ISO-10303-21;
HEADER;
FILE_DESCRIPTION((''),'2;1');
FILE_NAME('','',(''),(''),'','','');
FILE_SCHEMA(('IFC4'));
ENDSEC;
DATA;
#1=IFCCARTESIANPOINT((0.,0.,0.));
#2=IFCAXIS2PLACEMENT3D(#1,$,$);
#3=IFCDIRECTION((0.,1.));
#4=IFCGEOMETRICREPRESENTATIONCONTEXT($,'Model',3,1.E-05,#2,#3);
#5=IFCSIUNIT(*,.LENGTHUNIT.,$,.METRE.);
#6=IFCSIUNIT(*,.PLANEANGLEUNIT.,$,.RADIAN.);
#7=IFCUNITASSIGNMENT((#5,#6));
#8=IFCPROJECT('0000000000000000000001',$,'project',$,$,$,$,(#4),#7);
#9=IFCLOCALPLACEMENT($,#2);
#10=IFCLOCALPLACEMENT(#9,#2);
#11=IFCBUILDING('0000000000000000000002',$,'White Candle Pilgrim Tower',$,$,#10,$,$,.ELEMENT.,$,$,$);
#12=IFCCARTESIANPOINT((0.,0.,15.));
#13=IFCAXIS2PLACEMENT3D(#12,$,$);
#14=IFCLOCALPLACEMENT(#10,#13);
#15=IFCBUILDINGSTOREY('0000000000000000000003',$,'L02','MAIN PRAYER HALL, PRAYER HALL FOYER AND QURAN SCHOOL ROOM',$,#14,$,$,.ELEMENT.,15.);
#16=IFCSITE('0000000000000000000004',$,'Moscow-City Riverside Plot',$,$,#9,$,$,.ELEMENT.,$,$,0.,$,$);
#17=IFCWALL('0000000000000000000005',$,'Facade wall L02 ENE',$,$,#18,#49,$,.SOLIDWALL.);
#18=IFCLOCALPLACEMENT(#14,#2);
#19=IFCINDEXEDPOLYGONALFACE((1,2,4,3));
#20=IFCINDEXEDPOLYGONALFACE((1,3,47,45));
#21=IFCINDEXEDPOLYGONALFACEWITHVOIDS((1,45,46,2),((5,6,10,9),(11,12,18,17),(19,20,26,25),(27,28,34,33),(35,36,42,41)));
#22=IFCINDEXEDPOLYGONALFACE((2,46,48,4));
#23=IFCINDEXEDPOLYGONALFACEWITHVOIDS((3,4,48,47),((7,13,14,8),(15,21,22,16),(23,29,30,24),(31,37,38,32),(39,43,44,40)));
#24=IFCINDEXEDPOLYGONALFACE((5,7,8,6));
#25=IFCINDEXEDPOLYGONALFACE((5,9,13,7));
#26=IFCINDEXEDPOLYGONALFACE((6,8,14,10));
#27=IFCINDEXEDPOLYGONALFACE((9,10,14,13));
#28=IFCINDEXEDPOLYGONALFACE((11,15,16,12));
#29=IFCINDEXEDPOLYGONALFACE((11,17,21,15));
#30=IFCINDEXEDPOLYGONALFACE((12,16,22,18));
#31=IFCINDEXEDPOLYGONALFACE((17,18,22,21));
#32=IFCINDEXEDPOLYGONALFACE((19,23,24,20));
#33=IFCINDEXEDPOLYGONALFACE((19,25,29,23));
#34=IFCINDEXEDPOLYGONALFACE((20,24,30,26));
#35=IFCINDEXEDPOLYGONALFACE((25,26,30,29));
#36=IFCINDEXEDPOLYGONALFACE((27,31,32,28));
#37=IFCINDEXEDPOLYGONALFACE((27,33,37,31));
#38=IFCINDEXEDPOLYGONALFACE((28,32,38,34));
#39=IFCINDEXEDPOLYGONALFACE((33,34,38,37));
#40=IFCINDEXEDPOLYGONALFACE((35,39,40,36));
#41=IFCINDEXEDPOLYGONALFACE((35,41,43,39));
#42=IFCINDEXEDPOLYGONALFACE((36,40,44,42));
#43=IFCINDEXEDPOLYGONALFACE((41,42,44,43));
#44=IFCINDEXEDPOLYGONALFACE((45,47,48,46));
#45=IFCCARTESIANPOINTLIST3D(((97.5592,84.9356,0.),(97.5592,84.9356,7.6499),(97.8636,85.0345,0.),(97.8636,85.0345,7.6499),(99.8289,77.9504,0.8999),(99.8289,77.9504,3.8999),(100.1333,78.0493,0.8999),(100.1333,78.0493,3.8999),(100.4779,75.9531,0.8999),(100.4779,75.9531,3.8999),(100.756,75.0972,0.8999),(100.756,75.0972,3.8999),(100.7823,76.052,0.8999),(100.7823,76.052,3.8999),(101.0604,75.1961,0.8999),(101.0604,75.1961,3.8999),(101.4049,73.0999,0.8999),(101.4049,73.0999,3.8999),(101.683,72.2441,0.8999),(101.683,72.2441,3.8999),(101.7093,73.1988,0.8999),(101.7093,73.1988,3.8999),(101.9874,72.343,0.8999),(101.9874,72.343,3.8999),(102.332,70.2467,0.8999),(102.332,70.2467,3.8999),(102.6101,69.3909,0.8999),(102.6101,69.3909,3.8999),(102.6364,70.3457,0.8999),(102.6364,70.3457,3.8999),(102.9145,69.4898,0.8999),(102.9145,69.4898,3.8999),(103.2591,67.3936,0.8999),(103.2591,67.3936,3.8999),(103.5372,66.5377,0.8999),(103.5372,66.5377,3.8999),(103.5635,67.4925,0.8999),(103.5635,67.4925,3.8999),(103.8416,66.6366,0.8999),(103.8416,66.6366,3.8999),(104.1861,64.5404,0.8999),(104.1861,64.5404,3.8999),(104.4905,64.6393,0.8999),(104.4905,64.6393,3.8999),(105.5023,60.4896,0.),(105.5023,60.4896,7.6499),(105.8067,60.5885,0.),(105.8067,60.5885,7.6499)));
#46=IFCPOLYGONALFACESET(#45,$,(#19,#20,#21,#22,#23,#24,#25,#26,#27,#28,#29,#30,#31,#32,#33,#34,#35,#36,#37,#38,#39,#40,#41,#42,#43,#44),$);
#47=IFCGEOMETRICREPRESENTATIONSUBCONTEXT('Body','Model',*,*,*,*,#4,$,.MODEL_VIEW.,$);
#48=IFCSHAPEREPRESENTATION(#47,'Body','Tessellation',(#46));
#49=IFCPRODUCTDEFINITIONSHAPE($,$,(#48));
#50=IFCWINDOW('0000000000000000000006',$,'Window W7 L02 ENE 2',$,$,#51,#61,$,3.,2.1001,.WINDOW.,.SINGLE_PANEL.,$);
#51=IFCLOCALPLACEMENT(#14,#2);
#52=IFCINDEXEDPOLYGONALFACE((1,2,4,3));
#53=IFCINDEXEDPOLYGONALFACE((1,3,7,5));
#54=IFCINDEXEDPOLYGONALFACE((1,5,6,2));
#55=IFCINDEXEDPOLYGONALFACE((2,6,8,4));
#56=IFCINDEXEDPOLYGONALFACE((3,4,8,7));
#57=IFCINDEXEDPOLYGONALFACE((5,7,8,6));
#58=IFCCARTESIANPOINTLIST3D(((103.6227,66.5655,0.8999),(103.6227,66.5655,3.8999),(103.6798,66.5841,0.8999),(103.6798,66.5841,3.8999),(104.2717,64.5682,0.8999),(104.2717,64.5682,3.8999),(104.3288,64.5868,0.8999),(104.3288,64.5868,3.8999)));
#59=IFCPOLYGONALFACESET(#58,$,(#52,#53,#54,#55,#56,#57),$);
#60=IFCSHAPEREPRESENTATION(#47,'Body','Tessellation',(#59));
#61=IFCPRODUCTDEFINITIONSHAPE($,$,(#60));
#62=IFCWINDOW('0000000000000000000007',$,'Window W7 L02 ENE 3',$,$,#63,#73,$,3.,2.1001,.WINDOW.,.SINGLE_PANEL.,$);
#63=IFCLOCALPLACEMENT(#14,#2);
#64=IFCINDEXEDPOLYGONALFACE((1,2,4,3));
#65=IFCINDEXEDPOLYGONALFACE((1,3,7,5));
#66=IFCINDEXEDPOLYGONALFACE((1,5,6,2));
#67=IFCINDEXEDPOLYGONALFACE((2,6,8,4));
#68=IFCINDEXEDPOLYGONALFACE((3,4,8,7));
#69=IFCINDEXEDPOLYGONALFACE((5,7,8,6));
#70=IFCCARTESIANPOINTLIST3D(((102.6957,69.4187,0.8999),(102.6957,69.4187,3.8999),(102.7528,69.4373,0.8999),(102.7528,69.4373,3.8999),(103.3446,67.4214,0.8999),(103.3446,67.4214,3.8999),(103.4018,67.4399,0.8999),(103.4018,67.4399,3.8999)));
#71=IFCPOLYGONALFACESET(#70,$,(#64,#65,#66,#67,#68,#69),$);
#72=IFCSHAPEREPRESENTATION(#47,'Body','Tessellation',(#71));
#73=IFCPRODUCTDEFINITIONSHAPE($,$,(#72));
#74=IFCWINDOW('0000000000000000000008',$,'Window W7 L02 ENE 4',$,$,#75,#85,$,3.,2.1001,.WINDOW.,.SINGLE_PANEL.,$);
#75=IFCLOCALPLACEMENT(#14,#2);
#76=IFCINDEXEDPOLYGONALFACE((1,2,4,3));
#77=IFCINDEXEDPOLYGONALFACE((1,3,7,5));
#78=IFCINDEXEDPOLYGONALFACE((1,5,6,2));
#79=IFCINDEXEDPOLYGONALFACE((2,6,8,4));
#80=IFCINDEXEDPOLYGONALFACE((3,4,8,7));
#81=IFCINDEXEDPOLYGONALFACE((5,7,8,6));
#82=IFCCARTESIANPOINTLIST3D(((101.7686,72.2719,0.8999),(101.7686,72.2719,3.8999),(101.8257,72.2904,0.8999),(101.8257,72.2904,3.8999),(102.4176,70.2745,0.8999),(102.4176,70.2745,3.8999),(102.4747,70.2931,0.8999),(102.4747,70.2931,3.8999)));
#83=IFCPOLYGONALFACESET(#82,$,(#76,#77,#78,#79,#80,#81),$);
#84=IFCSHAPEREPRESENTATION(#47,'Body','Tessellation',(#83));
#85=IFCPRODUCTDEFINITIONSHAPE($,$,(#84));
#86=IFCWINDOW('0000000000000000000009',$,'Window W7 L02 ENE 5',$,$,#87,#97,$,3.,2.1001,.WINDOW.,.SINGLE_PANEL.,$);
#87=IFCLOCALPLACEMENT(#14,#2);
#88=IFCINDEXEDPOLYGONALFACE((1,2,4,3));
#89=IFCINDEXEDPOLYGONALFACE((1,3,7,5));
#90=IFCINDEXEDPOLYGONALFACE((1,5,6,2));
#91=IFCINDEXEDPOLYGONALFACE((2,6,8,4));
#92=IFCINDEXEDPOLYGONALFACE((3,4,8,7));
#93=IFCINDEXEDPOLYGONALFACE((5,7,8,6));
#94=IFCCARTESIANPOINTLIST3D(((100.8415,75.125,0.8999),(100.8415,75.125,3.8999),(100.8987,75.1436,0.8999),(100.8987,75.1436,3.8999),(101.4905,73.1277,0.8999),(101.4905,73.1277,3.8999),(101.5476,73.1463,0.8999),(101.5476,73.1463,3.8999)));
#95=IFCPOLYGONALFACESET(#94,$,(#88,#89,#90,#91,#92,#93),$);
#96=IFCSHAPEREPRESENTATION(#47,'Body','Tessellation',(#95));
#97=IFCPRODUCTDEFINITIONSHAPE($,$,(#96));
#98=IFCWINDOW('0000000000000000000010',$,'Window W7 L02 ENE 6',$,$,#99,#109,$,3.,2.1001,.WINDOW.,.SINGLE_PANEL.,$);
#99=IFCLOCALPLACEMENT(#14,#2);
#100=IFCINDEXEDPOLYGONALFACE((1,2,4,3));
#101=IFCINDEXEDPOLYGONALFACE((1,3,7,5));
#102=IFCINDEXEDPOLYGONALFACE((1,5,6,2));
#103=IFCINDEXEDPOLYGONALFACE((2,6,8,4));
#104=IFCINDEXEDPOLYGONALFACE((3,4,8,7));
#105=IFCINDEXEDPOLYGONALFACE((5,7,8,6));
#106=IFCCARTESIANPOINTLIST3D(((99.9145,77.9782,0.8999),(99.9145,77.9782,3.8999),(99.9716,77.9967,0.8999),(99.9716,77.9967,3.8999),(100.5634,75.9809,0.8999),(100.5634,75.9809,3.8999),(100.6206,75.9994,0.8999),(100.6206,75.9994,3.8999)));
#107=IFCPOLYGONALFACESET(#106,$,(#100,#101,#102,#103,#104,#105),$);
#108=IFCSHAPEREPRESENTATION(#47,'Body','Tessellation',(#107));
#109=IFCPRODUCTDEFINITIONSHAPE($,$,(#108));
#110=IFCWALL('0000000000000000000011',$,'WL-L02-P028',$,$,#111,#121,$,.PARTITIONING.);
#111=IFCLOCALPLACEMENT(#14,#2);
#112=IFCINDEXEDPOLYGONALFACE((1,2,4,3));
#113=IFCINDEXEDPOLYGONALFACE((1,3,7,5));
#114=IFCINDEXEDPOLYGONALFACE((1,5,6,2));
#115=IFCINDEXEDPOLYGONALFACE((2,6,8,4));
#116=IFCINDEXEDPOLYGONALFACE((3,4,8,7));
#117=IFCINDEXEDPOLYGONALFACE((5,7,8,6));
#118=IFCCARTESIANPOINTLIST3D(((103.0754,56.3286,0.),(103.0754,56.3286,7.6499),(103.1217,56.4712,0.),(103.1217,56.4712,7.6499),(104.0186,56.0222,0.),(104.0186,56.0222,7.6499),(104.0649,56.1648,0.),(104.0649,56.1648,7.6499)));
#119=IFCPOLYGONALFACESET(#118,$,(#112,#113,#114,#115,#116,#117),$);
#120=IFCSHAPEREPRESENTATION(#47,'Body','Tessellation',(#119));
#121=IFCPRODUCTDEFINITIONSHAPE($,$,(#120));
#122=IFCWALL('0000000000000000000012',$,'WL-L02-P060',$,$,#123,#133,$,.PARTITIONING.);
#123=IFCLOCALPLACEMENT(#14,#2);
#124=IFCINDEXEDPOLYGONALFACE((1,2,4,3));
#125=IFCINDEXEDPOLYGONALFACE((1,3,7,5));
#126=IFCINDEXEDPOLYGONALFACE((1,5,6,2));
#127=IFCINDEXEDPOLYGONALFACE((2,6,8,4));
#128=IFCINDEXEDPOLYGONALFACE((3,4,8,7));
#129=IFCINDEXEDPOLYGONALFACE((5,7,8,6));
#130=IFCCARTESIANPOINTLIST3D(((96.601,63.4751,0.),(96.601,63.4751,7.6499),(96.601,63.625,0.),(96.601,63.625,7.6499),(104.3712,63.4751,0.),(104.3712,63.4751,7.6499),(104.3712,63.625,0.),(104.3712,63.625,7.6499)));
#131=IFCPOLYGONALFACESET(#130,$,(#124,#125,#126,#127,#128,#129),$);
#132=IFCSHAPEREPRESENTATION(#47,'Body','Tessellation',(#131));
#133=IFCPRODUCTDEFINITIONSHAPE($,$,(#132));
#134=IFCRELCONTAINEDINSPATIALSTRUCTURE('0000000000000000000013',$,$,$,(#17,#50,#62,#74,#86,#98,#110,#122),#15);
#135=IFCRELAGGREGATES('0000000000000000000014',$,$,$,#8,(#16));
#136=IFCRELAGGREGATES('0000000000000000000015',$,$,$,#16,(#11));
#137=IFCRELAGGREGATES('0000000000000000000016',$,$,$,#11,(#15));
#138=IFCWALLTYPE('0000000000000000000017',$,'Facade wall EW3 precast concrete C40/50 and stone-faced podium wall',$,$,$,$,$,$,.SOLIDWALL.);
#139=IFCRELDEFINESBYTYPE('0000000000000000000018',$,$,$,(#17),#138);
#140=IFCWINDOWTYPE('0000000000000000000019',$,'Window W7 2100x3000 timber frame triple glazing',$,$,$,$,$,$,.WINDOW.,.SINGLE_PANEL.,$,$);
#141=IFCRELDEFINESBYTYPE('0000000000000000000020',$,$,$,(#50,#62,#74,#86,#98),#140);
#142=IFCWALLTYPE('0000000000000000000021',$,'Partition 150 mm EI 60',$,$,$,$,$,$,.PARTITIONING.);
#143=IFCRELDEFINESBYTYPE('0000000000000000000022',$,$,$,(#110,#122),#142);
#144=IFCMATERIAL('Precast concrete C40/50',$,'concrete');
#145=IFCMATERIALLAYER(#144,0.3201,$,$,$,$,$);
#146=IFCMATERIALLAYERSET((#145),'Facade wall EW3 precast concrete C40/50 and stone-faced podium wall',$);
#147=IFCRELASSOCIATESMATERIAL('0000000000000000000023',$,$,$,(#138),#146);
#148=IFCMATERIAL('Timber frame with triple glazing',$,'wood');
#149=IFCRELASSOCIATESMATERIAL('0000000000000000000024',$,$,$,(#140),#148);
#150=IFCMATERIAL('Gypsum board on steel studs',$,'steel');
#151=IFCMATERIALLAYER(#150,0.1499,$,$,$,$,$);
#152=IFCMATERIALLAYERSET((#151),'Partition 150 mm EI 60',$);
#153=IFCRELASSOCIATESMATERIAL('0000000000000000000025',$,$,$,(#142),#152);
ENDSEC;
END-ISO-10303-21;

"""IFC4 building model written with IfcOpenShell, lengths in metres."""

from ifc_helpers import new_model, si_unit, direction, frame, frame_2d, origin, place, context, subcontext, project, spatial, rectangle, extrude, material, layer, layer_set, type_object, element, fill, save


model = new_model("IFC4")

# Units and contexts
model_context = context("Model", 3, precision=1e-05, world=origin(), true_north=direction((0.0, 1.0)))
body_context = subcontext(model_context, "Body", "Model", "MODEL_VIEW")
ifc_project = project(units=[si_unit("LENGTHUNIT", "METRE"), si_unit("PLANEANGLEUNIT", "RADIAN")], contexts=[model_context])

# Site, building, storey
site_placement = place(None, origin())
site = spatial("IfcSite", under=ifc_project, at=site_placement, Name="Moscow-City Riverside Plot", CompositionType="ELEMENT", RefElevation=0.0)
building_placement = place(site_placement, origin())
building = spatial("IfcBuilding", under=site, at=building_placement, Name="White Candle Pilgrim Tower", CompositionType="ELEMENT")
storey_placement = place(building_placement, frame((0.0, 0.0, 15.0)))
storey = spatial("IfcBuildingStorey", under=building, at=storey_placement, Name="L02", Description="MAIN PRAYER HALL, PRAYER HALL FOYER AND QURAN SCHOOL ROOM", CompositionType="ELEMENT", Elevation=15.0)

# Shared definitions
ifc_material_1 = material(Name="Precast concrete C40/50", Category="concrete")
ifc_layer_1 = layer(ifc_material_1, 0.3201)
ifc_layer_set_1 = layer_set([ifc_layer_1], Name="Facade wall EW3 precast concrete C40/50 and stone-faced podium wall")
wall_type_1 = type_object("IfcWallType", Name="Facade wall EW3 precast concrete C40/50 and stone-faced podium wall", PredefinedType="SOLIDWALL", material=ifc_layer_set_1)

# Wall, openings, windows
wall_1_placement = place(storey_placement, frame((105.6545, 60.5391, 0.0), z_axis=(0.0, 0.0, 1.0), x_axis=(-0.309021, 0.951055, 0.0)))
wall_1 = element("IfcWall", 1, at=wall_1_placement, inside=storey, type_object=wall_type_1, Name="Facade wall L02 ENE", PredefinedType="SOLIDWALL", context=body_context, shape_type="SweptSolid", body=[
    extrude(rectangle(XDim=25.7041, YDim=0.3201, at=frame_2d((12.8521, 0.0))), origin(), (0.0, 0.0, 1.0), 7.6499),
])
opening_1_placement = place(wall_1_placement, frame((4.2593, 0.0, 0.8999)))
opening_1 = element("IfcOpeningElement", 2, at=opening_1_placement, cuts=wall_1, PredefinedType="OPENING", context=body_context, shape_type="SweptSolid", body=[
    extrude(rectangle(XDim=2.1001, YDim=3.0, at=frame_2d((1.05, 1.5))), frame((0.0, 0.1699, 0.0), z_axis=(0.0, -1.0, 0.0), x_axis=(1.0, 0.0, 0.0)), (0.0, 0.0, 1.0), 0.3401),
])
opening_2_placement = place(wall_1_placement, frame((7.2593, 0.0, 0.8999)))
opening_2 = element("IfcOpeningElement", 3, at=opening_2_placement, cuts=wall_1, PredefinedType="OPENING", context=body_context, shape_type="SweptSolid", body=[
    extrude(rectangle(XDim=2.1001, YDim=3.0, at=frame_2d((1.05, 1.5))), frame((0.0, 0.1699, 0.0), z_axis=(0.0, -1.0, 0.0), x_axis=(1.0, 0.0, 0.0)), (0.0, 0.0, 1.0), 0.3401),
])
opening_3_placement = place(wall_1_placement, frame((10.2593, 0.0, 0.8999)))
opening_3 = element("IfcOpeningElement", 4, at=opening_3_placement, cuts=wall_1, PredefinedType="OPENING", context=body_context, shape_type="SweptSolid", body=[
    extrude(rectangle(XDim=2.1001, YDim=3.0, at=frame_2d((1.05, 1.5))), frame((0.0, 0.1699, 0.0), z_axis=(0.0, -1.0, 0.0), x_axis=(1.0, 0.0, 0.0)), (0.0, 0.0, 1.0), 0.3401),
])
opening_4_placement = place(wall_1_placement, frame((13.2593, 0.0, 0.8999)))
opening_4 = element("IfcOpeningElement", 5, at=opening_4_placement, cuts=wall_1, PredefinedType="OPENING", context=body_context, shape_type="SweptSolid", body=[
    extrude(rectangle(XDim=2.1001, YDim=3.0, at=frame_2d((1.05, 1.5))), frame((0.0, 0.1699, 0.0), z_axis=(0.0, -1.0, 0.0), x_axis=(1.0, 0.0, 0.0)), (0.0, 0.0, 1.0), 0.3401),
])
opening_5_placement = place(wall_1_placement, frame((16.2593, 0.0, 0.8999)))
opening_5 = element("IfcOpeningElement", 6, at=opening_5_placement, cuts=wall_1, PredefinedType="OPENING", context=body_context, shape_type="SweptSolid", body=[
    extrude(rectangle(XDim=2.1001, YDim=3.0, at=frame_2d((1.05, 1.5))), frame((0.0, 0.1699, 0.0), z_axis=(0.0, -1.0, 0.0), x_axis=(1.0, 0.0, 0.0)), (0.0, 0.0, 1.0), 0.3401),
])
ifc_material_2 = material(Name="Timber frame with triple glazing", Category="wood")
window_type = type_object("IfcWindowType", Name="Window W7 2100x3000 timber frame triple glazing", PartitioningType="SINGLE_PANEL", PredefinedType="WINDOW", material=ifc_material_2)
window_1_placement = place(opening_1_placement, origin())
window_1 = element("IfcWindow", 7, at=window_1_placement, inside=storey, type_object=window_type, Name="Window W7 L02 ENE 2", OverallHeight=3.0, OverallWidth=2.1001, PartitioningType="SINGLE_PANEL", PredefinedType="WINDOW", context=body_context, shape_type="SweptSolid", body=[
    extrude(rectangle(XDim=2.1001, YDim=3.0, at=frame_2d((1.05, 1.5))), frame((0.0, 0.0701, 0.0), z_axis=(0.0, -1.0, 0.0), x_axis=(1.0, 0.0, 0.0)), (0.0, 0.0, 1.0), 0.0601),
])
fill(opening_1, window_1)
window_2_placement = place(opening_2_placement, origin())
window_2 = element("IfcWindow", 8, at=window_2_placement, inside=storey, type_object=window_type, Name="Window W7 L02 ENE 3", OverallHeight=3.0, OverallWidth=2.1001, PartitioningType="SINGLE_PANEL", PredefinedType="WINDOW", context=body_context, shape_type="SweptSolid", body=[
    extrude(rectangle(XDim=2.1001, YDim=3.0, at=frame_2d((1.05, 1.5))), frame((0.0, 0.0701, 0.0), z_axis=(0.0, -1.0, 0.0), x_axis=(1.0, 0.0, 0.0)), (0.0, 0.0, 1.0), 0.0601),
])
fill(opening_2, window_2)
window_3_placement = place(opening_3_placement, origin())
window_3 = element("IfcWindow", 9, at=window_3_placement, inside=storey, type_object=window_type, Name="Window W7 L02 ENE 4", OverallHeight=3.0, OverallWidth=2.1001, PartitioningType="SINGLE_PANEL", PredefinedType="WINDOW", context=body_context, shape_type="SweptSolid", body=[
    extrude(rectangle(XDim=2.1001, YDim=3.0, at=frame_2d((1.05, 1.5))), frame((0.0, 0.0701, 0.0), z_axis=(0.0, -1.0, 0.0), x_axis=(1.0, 0.0, 0.0)), (0.0, 0.0, 1.0), 0.0601),
])
fill(opening_3, window_3)
window_4_placement = place(opening_4_placement, origin())
window_4 = element("IfcWindow", 10, at=window_4_placement, inside=storey, type_object=window_type, Name="Window W7 L02 ENE 5", OverallHeight=3.0, OverallWidth=2.1001, PartitioningType="SINGLE_PANEL", PredefinedType="WINDOW", context=body_context, shape_type="SweptSolid", body=[
    extrude(rectangle(XDim=2.1001, YDim=3.0, at=frame_2d((1.05, 1.5))), frame((0.0, 0.0701, 0.0), z_axis=(0.0, -1.0, 0.0), x_axis=(1.0, 0.0, 0.0)), (0.0, 0.0, 1.0), 0.0601),
])
fill(opening_4, window_4)
window_5_placement = place(opening_5_placement, origin())
window_5 = element("IfcWindow", 11, at=window_5_placement, inside=storey, type_object=window_type, Name="Window W7 L02 ENE 6", OverallHeight=3.0, OverallWidth=2.1001, PartitioningType="SINGLE_PANEL", PredefinedType="WINDOW", context=body_context, shape_type="SweptSolid", body=[
    extrude(rectangle(XDim=2.1001, YDim=3.0, at=frame_2d((1.05, 1.5))), frame((0.0, 0.0701, 0.0), z_axis=(0.0, -1.0, 0.0), x_axis=(1.0, 0.0, 0.0)), (0.0, 0.0, 1.0), 0.0601),
])
fill(opening_5, window_5)

# Walls
ifc_material_3 = material(Name="Gypsum board on steel studs", Category="steel")
ifc_layer_2 = layer(ifc_material_3, 0.1499)
ifc_layer_set_2 = layer_set([ifc_layer_2], Name="Partition 150 mm EI 60")
wall_type_2 = type_object("IfcWallType", Name="Partition 150 mm EI 60", PredefinedType="PARTITIONING", material=ifc_layer_set_2)
wall_2_placement = place(storey_placement, frame((104.0417, 56.0935, 0.0), z_axis=(0.0, 0.0, 1.0), x_axis=(-0.951068, 0.30898, 0.0)))
element("IfcWall", 12, at=wall_2_placement, inside=storey, type_object=wall_type_2, Name="WL-L02-P028", PredefinedType="PARTITIONING", context=body_context, shape_type="SweptSolid", body=[
    extrude(rectangle(XDim=0.9917, YDim=0.1499, at=frame_2d((0.4958, 0.0))), origin(), (0.0, 0.0, 1.0), 7.6499),
])
wall_3_placement = place(storey_placement, frame((104.3713, 63.55, 0.0), z_axis=(0.0, 0.0, 1.0), x_axis=(-1.0, 0.0, 0.0)))
element("IfcWall", 13, at=wall_3_placement, inside=storey, type_object=wall_type_2, Name="WL-L02-P060", PredefinedType="PARTITIONING", context=body_context, shape_type="SweptSolid", body=[
    extrude(rectangle(XDim=7.7703, YDim=0.1499, at=frame_2d((3.8853, 0.0))), origin(), (0.0, 0.0, 1.0), 7.6499),
])

save(model, "model.ifc")
